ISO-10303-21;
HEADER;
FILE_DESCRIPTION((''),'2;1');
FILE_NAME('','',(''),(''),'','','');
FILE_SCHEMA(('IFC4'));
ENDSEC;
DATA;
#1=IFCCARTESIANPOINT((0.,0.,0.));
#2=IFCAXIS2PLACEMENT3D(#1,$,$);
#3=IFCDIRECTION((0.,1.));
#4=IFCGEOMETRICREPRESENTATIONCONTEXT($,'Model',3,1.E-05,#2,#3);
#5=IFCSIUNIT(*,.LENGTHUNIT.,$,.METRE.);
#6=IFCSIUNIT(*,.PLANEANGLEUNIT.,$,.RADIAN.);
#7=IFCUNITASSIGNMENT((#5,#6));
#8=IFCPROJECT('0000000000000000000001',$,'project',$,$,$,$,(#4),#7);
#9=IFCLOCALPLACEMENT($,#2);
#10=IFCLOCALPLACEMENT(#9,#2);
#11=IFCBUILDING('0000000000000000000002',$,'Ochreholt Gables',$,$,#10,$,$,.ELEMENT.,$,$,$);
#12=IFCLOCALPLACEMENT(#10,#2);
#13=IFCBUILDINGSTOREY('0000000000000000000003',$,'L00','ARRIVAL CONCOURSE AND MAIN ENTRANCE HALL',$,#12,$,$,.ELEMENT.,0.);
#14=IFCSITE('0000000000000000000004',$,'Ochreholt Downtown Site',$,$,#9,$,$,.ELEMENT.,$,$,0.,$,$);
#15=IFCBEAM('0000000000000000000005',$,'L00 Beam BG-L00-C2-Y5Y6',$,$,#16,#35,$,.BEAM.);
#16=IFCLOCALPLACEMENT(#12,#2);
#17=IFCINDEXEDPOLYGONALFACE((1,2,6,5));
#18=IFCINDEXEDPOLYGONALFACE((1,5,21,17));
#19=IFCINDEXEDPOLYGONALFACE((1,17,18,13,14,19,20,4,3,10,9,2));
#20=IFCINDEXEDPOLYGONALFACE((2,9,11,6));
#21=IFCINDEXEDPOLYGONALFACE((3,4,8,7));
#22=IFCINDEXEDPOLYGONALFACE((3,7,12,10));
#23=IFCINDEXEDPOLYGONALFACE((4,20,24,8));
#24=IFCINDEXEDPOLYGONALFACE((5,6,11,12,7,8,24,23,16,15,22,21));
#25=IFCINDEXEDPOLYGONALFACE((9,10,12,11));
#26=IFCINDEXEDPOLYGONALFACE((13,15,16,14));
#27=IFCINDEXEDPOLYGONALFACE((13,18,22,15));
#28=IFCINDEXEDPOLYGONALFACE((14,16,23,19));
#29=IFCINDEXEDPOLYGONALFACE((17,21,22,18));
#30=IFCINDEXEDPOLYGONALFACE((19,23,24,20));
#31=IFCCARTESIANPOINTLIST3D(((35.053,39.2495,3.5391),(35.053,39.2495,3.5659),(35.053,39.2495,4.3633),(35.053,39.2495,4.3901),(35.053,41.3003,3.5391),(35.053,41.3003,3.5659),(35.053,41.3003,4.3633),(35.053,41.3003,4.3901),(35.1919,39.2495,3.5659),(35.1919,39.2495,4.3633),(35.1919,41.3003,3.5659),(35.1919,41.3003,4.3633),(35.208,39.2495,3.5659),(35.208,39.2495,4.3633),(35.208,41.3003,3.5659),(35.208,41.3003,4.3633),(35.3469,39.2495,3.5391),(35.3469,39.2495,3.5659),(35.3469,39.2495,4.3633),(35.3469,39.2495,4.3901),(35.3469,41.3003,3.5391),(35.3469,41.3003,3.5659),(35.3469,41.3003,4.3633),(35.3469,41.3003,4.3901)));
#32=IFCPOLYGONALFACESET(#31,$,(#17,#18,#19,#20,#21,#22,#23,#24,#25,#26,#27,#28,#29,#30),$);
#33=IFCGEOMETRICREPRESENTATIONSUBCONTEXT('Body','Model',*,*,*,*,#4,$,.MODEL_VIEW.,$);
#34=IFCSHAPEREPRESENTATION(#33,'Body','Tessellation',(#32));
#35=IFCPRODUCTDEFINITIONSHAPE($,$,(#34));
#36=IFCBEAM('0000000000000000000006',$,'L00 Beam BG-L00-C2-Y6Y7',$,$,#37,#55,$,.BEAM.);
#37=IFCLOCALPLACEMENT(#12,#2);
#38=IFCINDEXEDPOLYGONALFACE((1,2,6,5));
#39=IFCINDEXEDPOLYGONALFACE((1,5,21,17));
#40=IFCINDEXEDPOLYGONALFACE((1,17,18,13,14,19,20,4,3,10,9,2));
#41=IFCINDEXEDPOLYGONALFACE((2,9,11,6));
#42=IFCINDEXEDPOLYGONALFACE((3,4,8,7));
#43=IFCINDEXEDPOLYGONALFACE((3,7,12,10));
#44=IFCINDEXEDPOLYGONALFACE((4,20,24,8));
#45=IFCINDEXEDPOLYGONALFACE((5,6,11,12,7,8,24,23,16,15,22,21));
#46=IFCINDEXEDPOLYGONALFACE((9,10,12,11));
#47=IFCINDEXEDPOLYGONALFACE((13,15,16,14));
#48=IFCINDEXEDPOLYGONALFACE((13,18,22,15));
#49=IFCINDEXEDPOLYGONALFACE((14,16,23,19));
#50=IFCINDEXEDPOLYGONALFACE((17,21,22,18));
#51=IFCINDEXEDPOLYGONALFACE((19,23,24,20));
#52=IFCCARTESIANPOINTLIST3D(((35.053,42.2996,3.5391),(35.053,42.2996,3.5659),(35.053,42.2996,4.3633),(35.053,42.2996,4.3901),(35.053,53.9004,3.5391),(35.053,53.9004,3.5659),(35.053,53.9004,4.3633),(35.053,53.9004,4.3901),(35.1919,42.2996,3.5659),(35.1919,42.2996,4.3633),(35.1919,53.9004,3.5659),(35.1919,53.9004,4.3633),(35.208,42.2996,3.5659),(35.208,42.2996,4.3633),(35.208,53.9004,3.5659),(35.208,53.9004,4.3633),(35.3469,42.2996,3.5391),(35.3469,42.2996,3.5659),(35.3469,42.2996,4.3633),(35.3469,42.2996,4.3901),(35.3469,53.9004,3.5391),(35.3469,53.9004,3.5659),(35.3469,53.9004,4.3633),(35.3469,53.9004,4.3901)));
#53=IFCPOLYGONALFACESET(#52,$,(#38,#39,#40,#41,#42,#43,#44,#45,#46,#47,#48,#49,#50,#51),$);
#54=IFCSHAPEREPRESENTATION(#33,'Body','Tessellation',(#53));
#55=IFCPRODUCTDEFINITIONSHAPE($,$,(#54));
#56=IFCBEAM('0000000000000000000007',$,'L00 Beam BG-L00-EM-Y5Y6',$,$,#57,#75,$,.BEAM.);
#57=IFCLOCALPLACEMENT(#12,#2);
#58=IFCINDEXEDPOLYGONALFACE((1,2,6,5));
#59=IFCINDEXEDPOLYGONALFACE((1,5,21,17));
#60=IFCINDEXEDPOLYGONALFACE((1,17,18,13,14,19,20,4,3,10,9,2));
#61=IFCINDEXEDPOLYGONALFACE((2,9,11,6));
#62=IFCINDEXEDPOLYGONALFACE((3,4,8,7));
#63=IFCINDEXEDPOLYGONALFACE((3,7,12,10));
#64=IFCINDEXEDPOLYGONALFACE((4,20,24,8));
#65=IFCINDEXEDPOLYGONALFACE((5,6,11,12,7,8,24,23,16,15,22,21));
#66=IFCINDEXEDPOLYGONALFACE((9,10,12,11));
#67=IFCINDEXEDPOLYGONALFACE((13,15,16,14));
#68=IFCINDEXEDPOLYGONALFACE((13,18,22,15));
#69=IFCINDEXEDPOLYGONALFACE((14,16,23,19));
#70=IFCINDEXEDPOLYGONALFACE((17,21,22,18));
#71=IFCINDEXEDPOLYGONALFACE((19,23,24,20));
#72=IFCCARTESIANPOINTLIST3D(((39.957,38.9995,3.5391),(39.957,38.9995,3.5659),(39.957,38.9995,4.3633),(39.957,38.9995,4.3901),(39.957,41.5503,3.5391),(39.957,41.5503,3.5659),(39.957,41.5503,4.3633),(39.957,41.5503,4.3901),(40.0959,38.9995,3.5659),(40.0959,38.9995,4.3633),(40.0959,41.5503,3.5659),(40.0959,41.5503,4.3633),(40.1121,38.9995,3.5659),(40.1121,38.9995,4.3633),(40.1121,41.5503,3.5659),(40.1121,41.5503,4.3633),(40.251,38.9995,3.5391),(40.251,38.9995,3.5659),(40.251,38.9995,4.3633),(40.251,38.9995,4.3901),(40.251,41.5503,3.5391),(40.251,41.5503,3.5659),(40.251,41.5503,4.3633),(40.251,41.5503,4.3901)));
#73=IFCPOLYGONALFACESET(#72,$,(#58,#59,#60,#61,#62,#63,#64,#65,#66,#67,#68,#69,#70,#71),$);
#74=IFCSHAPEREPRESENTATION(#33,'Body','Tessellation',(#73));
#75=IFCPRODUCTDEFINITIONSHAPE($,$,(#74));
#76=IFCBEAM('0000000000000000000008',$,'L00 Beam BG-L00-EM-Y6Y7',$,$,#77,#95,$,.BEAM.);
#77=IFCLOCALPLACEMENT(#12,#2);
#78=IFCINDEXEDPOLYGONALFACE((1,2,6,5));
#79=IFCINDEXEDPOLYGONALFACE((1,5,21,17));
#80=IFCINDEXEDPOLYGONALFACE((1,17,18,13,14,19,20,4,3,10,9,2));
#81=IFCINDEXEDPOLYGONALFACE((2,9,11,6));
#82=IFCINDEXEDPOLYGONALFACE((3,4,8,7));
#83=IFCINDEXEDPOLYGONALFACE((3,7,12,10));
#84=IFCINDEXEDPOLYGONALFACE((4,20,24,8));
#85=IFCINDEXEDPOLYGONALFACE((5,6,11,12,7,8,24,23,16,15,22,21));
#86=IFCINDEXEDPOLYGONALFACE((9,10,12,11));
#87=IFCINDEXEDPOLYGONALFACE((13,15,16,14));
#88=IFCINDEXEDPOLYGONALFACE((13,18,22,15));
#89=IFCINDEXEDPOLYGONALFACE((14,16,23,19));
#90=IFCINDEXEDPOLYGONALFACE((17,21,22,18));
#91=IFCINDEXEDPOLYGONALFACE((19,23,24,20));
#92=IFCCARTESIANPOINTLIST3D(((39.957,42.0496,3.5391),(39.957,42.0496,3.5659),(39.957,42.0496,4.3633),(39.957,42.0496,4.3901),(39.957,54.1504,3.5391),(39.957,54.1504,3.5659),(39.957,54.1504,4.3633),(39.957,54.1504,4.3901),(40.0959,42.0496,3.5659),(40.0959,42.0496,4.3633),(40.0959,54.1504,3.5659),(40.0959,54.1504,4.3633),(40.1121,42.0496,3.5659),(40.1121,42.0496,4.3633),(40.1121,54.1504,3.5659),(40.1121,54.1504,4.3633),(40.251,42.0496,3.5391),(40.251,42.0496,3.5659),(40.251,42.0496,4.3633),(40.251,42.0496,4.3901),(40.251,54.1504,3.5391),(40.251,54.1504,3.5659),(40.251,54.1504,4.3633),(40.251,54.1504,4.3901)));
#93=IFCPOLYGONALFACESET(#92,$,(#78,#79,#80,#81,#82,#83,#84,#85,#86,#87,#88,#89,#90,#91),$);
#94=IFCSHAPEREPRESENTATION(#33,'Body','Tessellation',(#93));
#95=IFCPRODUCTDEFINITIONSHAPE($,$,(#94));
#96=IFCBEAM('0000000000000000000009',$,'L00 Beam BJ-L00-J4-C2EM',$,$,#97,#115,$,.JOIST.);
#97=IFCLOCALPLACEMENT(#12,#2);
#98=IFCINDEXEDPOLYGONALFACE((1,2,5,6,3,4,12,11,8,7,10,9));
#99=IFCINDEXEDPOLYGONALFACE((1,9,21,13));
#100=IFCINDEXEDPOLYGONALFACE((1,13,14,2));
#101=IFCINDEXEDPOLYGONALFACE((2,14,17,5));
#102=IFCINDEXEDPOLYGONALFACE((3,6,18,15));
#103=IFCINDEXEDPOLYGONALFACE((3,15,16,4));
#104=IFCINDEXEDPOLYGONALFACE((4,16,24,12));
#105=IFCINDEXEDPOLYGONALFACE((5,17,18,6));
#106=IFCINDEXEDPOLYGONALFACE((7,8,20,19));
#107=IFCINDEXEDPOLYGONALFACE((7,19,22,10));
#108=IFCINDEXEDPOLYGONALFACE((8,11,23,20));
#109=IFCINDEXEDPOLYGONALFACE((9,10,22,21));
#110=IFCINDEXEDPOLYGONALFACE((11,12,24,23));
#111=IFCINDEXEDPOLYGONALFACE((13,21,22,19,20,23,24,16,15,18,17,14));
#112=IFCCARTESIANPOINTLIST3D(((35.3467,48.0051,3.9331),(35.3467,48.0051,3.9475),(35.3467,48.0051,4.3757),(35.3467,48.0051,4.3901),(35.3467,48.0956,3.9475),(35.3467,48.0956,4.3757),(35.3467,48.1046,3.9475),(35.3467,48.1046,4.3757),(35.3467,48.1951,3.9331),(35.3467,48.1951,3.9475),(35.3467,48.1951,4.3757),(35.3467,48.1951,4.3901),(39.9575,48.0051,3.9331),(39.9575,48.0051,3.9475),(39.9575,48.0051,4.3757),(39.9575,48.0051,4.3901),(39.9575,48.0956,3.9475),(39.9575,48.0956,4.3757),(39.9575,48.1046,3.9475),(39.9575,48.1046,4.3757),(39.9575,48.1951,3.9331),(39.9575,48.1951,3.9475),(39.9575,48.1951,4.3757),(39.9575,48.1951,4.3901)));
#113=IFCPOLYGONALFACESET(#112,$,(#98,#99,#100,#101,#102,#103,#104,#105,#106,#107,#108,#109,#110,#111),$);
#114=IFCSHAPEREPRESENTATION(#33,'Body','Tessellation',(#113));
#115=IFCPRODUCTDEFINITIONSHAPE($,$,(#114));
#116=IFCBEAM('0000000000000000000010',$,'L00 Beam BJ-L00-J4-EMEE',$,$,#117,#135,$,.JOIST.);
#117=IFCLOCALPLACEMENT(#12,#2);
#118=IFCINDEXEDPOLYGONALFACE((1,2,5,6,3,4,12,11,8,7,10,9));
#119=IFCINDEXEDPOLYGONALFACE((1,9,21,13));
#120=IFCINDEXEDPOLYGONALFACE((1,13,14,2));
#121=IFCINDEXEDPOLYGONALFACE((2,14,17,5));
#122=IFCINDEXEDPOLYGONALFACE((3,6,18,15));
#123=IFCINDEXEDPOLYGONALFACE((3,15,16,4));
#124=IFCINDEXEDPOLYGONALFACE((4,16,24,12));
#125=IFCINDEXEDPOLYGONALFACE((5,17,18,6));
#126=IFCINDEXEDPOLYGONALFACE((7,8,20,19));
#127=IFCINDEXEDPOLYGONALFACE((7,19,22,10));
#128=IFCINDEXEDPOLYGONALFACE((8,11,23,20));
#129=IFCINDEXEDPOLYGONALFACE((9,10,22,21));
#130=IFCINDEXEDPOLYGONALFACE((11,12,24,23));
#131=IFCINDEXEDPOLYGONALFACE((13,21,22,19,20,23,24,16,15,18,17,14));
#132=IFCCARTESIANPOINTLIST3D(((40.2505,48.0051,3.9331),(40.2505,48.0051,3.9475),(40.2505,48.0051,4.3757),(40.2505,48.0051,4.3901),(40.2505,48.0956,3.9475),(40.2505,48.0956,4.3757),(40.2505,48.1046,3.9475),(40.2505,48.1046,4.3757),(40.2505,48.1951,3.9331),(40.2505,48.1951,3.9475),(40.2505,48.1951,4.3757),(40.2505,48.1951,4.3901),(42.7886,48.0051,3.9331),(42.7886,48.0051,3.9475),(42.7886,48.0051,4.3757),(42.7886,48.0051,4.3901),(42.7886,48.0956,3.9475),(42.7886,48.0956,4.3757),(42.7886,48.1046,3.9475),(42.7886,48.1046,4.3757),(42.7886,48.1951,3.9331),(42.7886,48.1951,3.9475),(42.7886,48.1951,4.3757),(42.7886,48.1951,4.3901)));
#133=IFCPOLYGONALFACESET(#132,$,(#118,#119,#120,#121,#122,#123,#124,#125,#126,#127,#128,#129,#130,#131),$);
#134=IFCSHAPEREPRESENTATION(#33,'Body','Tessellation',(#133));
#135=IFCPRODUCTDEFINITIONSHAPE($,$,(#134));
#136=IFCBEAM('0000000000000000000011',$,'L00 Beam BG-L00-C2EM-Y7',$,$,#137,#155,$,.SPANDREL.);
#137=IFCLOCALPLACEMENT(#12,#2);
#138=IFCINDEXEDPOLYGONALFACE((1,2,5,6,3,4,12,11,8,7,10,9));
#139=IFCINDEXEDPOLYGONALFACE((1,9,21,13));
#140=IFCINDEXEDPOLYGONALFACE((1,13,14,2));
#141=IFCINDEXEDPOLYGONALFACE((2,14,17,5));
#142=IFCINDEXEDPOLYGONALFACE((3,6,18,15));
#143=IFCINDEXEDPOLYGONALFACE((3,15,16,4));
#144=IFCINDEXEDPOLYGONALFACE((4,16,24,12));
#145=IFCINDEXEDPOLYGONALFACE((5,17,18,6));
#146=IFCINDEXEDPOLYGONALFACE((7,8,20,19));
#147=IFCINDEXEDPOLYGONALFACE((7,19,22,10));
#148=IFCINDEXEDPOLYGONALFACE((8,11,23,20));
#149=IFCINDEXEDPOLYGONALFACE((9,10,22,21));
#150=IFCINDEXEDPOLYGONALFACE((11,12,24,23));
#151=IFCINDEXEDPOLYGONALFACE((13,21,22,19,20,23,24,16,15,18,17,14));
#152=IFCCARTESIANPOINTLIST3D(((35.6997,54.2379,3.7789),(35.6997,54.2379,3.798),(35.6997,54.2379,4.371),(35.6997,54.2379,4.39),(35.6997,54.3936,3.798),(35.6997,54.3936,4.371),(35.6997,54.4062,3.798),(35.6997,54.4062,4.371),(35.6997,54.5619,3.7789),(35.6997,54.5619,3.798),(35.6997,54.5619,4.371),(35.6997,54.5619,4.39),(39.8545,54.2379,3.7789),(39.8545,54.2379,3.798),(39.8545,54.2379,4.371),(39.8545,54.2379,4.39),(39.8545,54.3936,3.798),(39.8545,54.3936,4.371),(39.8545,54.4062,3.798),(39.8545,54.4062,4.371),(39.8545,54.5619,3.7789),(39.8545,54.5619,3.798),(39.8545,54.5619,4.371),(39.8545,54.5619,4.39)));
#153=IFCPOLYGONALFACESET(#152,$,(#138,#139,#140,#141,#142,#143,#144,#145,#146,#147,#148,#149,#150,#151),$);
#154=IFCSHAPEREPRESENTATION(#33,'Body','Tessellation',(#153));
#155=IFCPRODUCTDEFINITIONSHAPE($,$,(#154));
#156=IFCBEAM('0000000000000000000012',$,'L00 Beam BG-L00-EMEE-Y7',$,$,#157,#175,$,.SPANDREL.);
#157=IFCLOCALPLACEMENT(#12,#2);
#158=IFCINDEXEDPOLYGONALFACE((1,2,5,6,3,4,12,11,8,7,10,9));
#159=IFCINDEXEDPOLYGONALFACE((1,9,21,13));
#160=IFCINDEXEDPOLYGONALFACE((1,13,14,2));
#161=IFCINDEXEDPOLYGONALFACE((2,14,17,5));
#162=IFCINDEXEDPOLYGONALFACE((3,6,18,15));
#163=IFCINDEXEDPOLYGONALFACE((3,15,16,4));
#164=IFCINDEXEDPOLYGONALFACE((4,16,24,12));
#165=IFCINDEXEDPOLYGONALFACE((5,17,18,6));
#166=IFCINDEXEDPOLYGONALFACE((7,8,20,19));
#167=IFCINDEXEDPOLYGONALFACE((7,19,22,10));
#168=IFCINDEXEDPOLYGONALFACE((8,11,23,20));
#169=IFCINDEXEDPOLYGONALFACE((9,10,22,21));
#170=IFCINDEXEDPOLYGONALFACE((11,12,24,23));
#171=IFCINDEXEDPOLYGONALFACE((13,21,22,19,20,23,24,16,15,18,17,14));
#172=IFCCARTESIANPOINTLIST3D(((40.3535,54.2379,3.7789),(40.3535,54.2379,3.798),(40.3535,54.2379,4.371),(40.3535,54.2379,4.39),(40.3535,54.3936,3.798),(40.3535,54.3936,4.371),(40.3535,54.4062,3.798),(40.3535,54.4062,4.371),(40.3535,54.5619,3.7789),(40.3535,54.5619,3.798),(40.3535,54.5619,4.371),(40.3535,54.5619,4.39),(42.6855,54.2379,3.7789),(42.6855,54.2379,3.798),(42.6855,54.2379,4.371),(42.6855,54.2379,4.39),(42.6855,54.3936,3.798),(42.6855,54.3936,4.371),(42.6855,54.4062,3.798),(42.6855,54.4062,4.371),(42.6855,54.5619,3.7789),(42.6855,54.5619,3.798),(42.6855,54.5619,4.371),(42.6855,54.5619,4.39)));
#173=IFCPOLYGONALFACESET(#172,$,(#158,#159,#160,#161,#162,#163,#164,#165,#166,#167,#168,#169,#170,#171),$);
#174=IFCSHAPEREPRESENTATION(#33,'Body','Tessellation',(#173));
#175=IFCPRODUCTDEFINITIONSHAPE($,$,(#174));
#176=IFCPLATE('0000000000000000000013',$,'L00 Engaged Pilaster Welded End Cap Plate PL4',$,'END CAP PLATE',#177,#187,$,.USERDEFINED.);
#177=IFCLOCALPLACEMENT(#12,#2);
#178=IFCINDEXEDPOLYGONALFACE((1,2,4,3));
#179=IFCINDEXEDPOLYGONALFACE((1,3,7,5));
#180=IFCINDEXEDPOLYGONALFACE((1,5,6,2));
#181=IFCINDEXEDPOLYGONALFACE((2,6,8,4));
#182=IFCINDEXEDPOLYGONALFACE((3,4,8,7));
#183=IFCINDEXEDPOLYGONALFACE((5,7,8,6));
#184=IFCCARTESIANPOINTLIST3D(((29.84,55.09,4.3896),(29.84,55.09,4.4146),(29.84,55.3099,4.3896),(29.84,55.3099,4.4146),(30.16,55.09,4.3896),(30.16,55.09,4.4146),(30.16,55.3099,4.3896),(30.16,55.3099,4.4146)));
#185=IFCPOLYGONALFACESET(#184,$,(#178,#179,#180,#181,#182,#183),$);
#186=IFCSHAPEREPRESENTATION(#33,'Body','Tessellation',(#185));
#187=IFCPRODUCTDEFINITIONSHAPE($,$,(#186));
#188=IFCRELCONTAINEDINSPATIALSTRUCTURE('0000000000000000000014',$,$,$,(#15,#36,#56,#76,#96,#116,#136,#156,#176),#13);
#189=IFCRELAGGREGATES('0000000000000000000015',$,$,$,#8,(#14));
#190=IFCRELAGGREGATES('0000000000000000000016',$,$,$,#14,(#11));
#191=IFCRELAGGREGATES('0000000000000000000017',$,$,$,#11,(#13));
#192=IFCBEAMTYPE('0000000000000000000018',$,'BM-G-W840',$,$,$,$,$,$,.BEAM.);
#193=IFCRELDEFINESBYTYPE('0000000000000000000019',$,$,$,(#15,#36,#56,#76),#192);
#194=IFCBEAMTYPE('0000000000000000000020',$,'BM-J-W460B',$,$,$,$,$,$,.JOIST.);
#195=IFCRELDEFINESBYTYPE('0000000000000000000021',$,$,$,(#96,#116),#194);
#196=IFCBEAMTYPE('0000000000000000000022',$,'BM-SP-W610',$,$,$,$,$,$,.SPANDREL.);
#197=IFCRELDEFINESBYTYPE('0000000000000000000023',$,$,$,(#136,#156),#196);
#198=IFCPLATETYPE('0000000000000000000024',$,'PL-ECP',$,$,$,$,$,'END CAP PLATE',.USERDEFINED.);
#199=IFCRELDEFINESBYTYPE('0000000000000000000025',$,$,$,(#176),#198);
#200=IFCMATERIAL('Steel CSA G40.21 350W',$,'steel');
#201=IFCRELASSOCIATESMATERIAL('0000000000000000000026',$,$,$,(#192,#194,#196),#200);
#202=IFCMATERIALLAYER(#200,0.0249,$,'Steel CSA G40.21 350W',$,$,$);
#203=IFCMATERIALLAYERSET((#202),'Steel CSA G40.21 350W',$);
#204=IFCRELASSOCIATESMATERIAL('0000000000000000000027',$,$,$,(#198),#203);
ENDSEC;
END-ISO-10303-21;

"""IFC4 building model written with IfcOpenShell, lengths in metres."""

from ifc_helpers import new_model, si_unit, direction, frame, origin, origin_2d, place, context, subcontext, project, spatial, rectangle, i_section, extrude, material, layer, layer_set, material_profile, profile_set, type_object, element, save


model = new_model("IFC4")

# Units and contexts
model_context = context("Model", 3, precision=1e-05, world=origin(), true_north=direction((0.0, 1.0)))
body_context = subcontext(model_context, "Body", "Model", "MODEL_VIEW")
ifc_project = project(units=[si_unit("LENGTHUNIT", "METRE"), si_unit("PLANEANGLEUNIT", "RADIAN")], contexts=[model_context])

# Site, building, storey
site_placement = place(None, origin())
site = spatial("IfcSite", under=ifc_project, at=site_placement, Name="Ochreholt Downtown Site", CompositionType="ELEMENT", RefElevation=0.0)
building_placement = place(site_placement, origin())
building = spatial("IfcBuilding", under=site, at=building_placement, Name="Ochreholt Gables", CompositionType="ELEMENT")
storey_placement = place(building_placement, origin())
storey = spatial("IfcBuildingStorey", under=building, at=storey_placement, Name="L00", Description="ARRIVAL CONCOURSE AND MAIN ENTRANCE HALL", CompositionType="ELEMENT", Elevation=0.0)

# Shared definitions
ifc_material_1 = material(Name="Steel CSA G40.21 350W", Category="steel")

# Beams
ifc_material_profile_1 = material_profile(ifc_material_1, i_section(OverallWidth=0.2939, OverallDepth=0.8511, WebThickness=0.0161, FlangeThickness=0.0269, at=origin_2d()), Name="W840X226")
ifc_profile_set_1 = profile_set([ifc_material_profile_1], Name="Steel CSA G40.21 350W")
beam_type_1 = type_object("IfcBeamType", Name="BM-G-W840", PredefinedType="BEAM", material=ifc_profile_set_1)
beam_1_placement = place(storey_placement, frame((35.2, 39.2495, 3.9646), z_axis=(0.0, 1.0, 0.0), x_axis=(-1.0, 0.0, 0.0)))
element("IfcBeam", 1, at=beam_1_placement, inside=storey, type_object=beam_type_1, Name="L00 Beam BG-L00-C2-Y5Y6", PredefinedType="BEAM", context=body_context, shape_type="SweptSolid", body=[
    extrude(i_section(OverallWidth=0.2939, OverallDepth=0.8511, WebThickness=0.0161, FlangeThickness=0.0269, at=origin_2d()), origin(), (0.0, 0.0, 1.0), 2.0508),
])
beam_2_placement = place(storey_placement, frame((35.2, 42.2996, 3.9646), z_axis=(0.0, 1.0, 0.0), x_axis=(-1.0, 0.0, 0.0)))
element("IfcBeam", 2, at=beam_2_placement, inside=storey, type_object=beam_type_1, Name="L00 Beam BG-L00-C2-Y6Y7", PredefinedType="BEAM", context=body_context, shape_type="SweptSolid", body=[
    extrude(i_section(OverallWidth=0.2939, OverallDepth=0.8511, WebThickness=0.0161, FlangeThickness=0.0269, at=origin_2d()), origin(), (0.0, 0.0, 1.0), 11.6008),
])
beam_3_placement = place(storey_placement, frame((40.104, 38.9995, 3.9646), z_axis=(0.0, 1.0, 0.0), x_axis=(-1.0, 0.0, 0.0)))
element("IfcBeam", 3, at=beam_3_placement, inside=storey, type_object=beam_type_1, Name="L00 Beam BG-L00-EM-Y5Y6", PredefinedType="BEAM", context=body_context, shape_type="SweptSolid", body=[
    extrude(i_section(OverallWidth=0.2939, OverallDepth=0.8511, WebThickness=0.0161, FlangeThickness=0.0269, at=origin_2d()), origin(), (0.0, 0.0, 1.0), 2.5508),
])
beam_4_placement = place(storey_placement, frame((40.104, 42.0496, 3.9646), z_axis=(0.0, 1.0, 0.0), x_axis=(-1.0, 0.0, 0.0)))
element("IfcBeam", 4, at=beam_4_placement, inside=storey, type_object=beam_type_1, Name="L00 Beam BG-L00-EM-Y6Y7", PredefinedType="BEAM", context=body_context, shape_type="SweptSolid", body=[
    extrude(i_section(OverallWidth=0.2939, OverallDepth=0.8511, WebThickness=0.0161, FlangeThickness=0.0269, at=origin_2d()), origin(), (0.0, 0.0, 1.0), 12.1008),
])
ifc_material_profile_2 = material_profile(ifc_material_1, i_section(OverallWidth=0.1899, OverallDepth=0.457, WebThickness=0.009, FlangeThickness=0.0144, at=origin_2d()), Name="W460X74")
ifc_profile_set_2 = profile_set([ifc_material_profile_2], Name="Steel CSA G40.21 350W")
beam_type_2 = type_object("IfcBeamType", Name="BM-J-W460B", PredefinedType="JOIST", material=ifc_profile_set_2)
beam_5_placement = place(storey_placement, frame((35.3467, 48.1001, 4.1616), z_axis=(1.0, 0.0, 0.0), x_axis=(0.0, 1.0, 0.0)))
element("IfcBeam", 5, at=beam_5_placement, inside=storey, type_object=beam_type_2, Name="L00 Beam BJ-L00-J4-C2EM", PredefinedType="JOIST", context=body_context, shape_type="SweptSolid", body=[
    extrude(i_section(OverallWidth=0.1899, OverallDepth=0.457, WebThickness=0.009, FlangeThickness=0.0144, at=origin_2d()), origin(), (0.0, 0.0, 1.0), 4.6108),
])
beam_6_placement = place(storey_placement, frame((40.2505, 48.1001, 4.1616), z_axis=(1.0, 0.0, 0.0), x_axis=(0.0, 1.0, 0.0)))
element("IfcBeam", 6, at=beam_6_placement, inside=storey, type_object=beam_type_2, Name="L00 Beam BJ-L00-J4-EMEE", PredefinedType="JOIST", context=body_context, shape_type="SweptSolid", body=[
    extrude(i_section(OverallWidth=0.1899, OverallDepth=0.457, WebThickness=0.009, FlangeThickness=0.0144, at=origin_2d()), origin(), (0.0, 0.0, 1.0), 2.5381),
])
ifc_material_profile_3 = material_profile(ifc_material_1, i_section(OverallWidth=0.324, OverallDepth=0.6111, WebThickness=0.0127, FlangeThickness=0.019, at=origin_2d()), Name="W610X155")
ifc_profile_set_3 = profile_set([ifc_material_profile_3], Name="Steel CSA G40.21 350W")
beam_type_3 = type_object("IfcBeamType", Name="BM-SP-W610", PredefinedType="SPANDREL", material=ifc_profile_set_3)
beam_7_placement = place(storey_placement, frame((35.6997, 54.3999, 4.0845), z_axis=(1.0, 0.0, 0.0), x_axis=(0.0, 1.0, 0.0)))
element("IfcBeam", 7, at=beam_7_placement, inside=storey, type_object=beam_type_3, Name="L00 Beam BG-L00-C2EM-Y7", PredefinedType="SPANDREL", context=body_context, shape_type="SweptSolid", body=[
    extrude(i_section(OverallWidth=0.324, OverallDepth=0.6111, WebThickness=0.0127, FlangeThickness=0.019, at=origin_2d()), origin(), (0.0, 0.0, 1.0), 4.1548),
])
beam_8_placement = place(storey_placement, frame((40.3535, 54.3999, 4.0845), z_axis=(1.0, 0.0, 0.0), x_axis=(0.0, 1.0, 0.0)))
element("IfcBeam", 8, at=beam_8_placement, inside=storey, type_object=beam_type_3, Name="L00 Beam BG-L00-EMEE-Y7", PredefinedType="SPANDREL", context=body_context, shape_type="SweptSolid", body=[
    extrude(i_section(OverallWidth=0.324, OverallDepth=0.6111, WebThickness=0.0127, FlangeThickness=0.019, at=origin_2d()), origin(), (0.0, 0.0, 1.0), 2.332),
])

# Plate
ifc_layer_1 = layer(ifc_material_1, 0.0249, Name="Steel CSA G40.21 350W")
ifc_layer_set_1 = layer_set([ifc_layer_1], Name="Steel CSA G40.21 350W")
plate_type = type_object("IfcPlateType", Name="PL-ECP", ElementType="END CAP PLATE", PredefinedType="USERDEFINED", material=ifc_layer_set_1)
plate_placement = place(storey_placement, frame((30.0, 55.2, 4.3896), z_axis=(0.0, 0.0, 1.0), x_axis=(1.0, 0.0, 0.0)))
element("IfcPlate", 9, at=plate_placement, inside=storey, type_object=plate_type, Name="L00 Engaged Pilaster Welded End Cap Plate PL4", ObjectType="END CAP PLATE", PredefinedType="USERDEFINED", context=body_context, shape_type="SweptSolid", body=[
    extrude(rectangle(XDim=0.3201, YDim=0.22, at=origin_2d()), origin(), (0.0, 0.0, 1.0), 0.0249),
])

save(model, "model.ifc")
